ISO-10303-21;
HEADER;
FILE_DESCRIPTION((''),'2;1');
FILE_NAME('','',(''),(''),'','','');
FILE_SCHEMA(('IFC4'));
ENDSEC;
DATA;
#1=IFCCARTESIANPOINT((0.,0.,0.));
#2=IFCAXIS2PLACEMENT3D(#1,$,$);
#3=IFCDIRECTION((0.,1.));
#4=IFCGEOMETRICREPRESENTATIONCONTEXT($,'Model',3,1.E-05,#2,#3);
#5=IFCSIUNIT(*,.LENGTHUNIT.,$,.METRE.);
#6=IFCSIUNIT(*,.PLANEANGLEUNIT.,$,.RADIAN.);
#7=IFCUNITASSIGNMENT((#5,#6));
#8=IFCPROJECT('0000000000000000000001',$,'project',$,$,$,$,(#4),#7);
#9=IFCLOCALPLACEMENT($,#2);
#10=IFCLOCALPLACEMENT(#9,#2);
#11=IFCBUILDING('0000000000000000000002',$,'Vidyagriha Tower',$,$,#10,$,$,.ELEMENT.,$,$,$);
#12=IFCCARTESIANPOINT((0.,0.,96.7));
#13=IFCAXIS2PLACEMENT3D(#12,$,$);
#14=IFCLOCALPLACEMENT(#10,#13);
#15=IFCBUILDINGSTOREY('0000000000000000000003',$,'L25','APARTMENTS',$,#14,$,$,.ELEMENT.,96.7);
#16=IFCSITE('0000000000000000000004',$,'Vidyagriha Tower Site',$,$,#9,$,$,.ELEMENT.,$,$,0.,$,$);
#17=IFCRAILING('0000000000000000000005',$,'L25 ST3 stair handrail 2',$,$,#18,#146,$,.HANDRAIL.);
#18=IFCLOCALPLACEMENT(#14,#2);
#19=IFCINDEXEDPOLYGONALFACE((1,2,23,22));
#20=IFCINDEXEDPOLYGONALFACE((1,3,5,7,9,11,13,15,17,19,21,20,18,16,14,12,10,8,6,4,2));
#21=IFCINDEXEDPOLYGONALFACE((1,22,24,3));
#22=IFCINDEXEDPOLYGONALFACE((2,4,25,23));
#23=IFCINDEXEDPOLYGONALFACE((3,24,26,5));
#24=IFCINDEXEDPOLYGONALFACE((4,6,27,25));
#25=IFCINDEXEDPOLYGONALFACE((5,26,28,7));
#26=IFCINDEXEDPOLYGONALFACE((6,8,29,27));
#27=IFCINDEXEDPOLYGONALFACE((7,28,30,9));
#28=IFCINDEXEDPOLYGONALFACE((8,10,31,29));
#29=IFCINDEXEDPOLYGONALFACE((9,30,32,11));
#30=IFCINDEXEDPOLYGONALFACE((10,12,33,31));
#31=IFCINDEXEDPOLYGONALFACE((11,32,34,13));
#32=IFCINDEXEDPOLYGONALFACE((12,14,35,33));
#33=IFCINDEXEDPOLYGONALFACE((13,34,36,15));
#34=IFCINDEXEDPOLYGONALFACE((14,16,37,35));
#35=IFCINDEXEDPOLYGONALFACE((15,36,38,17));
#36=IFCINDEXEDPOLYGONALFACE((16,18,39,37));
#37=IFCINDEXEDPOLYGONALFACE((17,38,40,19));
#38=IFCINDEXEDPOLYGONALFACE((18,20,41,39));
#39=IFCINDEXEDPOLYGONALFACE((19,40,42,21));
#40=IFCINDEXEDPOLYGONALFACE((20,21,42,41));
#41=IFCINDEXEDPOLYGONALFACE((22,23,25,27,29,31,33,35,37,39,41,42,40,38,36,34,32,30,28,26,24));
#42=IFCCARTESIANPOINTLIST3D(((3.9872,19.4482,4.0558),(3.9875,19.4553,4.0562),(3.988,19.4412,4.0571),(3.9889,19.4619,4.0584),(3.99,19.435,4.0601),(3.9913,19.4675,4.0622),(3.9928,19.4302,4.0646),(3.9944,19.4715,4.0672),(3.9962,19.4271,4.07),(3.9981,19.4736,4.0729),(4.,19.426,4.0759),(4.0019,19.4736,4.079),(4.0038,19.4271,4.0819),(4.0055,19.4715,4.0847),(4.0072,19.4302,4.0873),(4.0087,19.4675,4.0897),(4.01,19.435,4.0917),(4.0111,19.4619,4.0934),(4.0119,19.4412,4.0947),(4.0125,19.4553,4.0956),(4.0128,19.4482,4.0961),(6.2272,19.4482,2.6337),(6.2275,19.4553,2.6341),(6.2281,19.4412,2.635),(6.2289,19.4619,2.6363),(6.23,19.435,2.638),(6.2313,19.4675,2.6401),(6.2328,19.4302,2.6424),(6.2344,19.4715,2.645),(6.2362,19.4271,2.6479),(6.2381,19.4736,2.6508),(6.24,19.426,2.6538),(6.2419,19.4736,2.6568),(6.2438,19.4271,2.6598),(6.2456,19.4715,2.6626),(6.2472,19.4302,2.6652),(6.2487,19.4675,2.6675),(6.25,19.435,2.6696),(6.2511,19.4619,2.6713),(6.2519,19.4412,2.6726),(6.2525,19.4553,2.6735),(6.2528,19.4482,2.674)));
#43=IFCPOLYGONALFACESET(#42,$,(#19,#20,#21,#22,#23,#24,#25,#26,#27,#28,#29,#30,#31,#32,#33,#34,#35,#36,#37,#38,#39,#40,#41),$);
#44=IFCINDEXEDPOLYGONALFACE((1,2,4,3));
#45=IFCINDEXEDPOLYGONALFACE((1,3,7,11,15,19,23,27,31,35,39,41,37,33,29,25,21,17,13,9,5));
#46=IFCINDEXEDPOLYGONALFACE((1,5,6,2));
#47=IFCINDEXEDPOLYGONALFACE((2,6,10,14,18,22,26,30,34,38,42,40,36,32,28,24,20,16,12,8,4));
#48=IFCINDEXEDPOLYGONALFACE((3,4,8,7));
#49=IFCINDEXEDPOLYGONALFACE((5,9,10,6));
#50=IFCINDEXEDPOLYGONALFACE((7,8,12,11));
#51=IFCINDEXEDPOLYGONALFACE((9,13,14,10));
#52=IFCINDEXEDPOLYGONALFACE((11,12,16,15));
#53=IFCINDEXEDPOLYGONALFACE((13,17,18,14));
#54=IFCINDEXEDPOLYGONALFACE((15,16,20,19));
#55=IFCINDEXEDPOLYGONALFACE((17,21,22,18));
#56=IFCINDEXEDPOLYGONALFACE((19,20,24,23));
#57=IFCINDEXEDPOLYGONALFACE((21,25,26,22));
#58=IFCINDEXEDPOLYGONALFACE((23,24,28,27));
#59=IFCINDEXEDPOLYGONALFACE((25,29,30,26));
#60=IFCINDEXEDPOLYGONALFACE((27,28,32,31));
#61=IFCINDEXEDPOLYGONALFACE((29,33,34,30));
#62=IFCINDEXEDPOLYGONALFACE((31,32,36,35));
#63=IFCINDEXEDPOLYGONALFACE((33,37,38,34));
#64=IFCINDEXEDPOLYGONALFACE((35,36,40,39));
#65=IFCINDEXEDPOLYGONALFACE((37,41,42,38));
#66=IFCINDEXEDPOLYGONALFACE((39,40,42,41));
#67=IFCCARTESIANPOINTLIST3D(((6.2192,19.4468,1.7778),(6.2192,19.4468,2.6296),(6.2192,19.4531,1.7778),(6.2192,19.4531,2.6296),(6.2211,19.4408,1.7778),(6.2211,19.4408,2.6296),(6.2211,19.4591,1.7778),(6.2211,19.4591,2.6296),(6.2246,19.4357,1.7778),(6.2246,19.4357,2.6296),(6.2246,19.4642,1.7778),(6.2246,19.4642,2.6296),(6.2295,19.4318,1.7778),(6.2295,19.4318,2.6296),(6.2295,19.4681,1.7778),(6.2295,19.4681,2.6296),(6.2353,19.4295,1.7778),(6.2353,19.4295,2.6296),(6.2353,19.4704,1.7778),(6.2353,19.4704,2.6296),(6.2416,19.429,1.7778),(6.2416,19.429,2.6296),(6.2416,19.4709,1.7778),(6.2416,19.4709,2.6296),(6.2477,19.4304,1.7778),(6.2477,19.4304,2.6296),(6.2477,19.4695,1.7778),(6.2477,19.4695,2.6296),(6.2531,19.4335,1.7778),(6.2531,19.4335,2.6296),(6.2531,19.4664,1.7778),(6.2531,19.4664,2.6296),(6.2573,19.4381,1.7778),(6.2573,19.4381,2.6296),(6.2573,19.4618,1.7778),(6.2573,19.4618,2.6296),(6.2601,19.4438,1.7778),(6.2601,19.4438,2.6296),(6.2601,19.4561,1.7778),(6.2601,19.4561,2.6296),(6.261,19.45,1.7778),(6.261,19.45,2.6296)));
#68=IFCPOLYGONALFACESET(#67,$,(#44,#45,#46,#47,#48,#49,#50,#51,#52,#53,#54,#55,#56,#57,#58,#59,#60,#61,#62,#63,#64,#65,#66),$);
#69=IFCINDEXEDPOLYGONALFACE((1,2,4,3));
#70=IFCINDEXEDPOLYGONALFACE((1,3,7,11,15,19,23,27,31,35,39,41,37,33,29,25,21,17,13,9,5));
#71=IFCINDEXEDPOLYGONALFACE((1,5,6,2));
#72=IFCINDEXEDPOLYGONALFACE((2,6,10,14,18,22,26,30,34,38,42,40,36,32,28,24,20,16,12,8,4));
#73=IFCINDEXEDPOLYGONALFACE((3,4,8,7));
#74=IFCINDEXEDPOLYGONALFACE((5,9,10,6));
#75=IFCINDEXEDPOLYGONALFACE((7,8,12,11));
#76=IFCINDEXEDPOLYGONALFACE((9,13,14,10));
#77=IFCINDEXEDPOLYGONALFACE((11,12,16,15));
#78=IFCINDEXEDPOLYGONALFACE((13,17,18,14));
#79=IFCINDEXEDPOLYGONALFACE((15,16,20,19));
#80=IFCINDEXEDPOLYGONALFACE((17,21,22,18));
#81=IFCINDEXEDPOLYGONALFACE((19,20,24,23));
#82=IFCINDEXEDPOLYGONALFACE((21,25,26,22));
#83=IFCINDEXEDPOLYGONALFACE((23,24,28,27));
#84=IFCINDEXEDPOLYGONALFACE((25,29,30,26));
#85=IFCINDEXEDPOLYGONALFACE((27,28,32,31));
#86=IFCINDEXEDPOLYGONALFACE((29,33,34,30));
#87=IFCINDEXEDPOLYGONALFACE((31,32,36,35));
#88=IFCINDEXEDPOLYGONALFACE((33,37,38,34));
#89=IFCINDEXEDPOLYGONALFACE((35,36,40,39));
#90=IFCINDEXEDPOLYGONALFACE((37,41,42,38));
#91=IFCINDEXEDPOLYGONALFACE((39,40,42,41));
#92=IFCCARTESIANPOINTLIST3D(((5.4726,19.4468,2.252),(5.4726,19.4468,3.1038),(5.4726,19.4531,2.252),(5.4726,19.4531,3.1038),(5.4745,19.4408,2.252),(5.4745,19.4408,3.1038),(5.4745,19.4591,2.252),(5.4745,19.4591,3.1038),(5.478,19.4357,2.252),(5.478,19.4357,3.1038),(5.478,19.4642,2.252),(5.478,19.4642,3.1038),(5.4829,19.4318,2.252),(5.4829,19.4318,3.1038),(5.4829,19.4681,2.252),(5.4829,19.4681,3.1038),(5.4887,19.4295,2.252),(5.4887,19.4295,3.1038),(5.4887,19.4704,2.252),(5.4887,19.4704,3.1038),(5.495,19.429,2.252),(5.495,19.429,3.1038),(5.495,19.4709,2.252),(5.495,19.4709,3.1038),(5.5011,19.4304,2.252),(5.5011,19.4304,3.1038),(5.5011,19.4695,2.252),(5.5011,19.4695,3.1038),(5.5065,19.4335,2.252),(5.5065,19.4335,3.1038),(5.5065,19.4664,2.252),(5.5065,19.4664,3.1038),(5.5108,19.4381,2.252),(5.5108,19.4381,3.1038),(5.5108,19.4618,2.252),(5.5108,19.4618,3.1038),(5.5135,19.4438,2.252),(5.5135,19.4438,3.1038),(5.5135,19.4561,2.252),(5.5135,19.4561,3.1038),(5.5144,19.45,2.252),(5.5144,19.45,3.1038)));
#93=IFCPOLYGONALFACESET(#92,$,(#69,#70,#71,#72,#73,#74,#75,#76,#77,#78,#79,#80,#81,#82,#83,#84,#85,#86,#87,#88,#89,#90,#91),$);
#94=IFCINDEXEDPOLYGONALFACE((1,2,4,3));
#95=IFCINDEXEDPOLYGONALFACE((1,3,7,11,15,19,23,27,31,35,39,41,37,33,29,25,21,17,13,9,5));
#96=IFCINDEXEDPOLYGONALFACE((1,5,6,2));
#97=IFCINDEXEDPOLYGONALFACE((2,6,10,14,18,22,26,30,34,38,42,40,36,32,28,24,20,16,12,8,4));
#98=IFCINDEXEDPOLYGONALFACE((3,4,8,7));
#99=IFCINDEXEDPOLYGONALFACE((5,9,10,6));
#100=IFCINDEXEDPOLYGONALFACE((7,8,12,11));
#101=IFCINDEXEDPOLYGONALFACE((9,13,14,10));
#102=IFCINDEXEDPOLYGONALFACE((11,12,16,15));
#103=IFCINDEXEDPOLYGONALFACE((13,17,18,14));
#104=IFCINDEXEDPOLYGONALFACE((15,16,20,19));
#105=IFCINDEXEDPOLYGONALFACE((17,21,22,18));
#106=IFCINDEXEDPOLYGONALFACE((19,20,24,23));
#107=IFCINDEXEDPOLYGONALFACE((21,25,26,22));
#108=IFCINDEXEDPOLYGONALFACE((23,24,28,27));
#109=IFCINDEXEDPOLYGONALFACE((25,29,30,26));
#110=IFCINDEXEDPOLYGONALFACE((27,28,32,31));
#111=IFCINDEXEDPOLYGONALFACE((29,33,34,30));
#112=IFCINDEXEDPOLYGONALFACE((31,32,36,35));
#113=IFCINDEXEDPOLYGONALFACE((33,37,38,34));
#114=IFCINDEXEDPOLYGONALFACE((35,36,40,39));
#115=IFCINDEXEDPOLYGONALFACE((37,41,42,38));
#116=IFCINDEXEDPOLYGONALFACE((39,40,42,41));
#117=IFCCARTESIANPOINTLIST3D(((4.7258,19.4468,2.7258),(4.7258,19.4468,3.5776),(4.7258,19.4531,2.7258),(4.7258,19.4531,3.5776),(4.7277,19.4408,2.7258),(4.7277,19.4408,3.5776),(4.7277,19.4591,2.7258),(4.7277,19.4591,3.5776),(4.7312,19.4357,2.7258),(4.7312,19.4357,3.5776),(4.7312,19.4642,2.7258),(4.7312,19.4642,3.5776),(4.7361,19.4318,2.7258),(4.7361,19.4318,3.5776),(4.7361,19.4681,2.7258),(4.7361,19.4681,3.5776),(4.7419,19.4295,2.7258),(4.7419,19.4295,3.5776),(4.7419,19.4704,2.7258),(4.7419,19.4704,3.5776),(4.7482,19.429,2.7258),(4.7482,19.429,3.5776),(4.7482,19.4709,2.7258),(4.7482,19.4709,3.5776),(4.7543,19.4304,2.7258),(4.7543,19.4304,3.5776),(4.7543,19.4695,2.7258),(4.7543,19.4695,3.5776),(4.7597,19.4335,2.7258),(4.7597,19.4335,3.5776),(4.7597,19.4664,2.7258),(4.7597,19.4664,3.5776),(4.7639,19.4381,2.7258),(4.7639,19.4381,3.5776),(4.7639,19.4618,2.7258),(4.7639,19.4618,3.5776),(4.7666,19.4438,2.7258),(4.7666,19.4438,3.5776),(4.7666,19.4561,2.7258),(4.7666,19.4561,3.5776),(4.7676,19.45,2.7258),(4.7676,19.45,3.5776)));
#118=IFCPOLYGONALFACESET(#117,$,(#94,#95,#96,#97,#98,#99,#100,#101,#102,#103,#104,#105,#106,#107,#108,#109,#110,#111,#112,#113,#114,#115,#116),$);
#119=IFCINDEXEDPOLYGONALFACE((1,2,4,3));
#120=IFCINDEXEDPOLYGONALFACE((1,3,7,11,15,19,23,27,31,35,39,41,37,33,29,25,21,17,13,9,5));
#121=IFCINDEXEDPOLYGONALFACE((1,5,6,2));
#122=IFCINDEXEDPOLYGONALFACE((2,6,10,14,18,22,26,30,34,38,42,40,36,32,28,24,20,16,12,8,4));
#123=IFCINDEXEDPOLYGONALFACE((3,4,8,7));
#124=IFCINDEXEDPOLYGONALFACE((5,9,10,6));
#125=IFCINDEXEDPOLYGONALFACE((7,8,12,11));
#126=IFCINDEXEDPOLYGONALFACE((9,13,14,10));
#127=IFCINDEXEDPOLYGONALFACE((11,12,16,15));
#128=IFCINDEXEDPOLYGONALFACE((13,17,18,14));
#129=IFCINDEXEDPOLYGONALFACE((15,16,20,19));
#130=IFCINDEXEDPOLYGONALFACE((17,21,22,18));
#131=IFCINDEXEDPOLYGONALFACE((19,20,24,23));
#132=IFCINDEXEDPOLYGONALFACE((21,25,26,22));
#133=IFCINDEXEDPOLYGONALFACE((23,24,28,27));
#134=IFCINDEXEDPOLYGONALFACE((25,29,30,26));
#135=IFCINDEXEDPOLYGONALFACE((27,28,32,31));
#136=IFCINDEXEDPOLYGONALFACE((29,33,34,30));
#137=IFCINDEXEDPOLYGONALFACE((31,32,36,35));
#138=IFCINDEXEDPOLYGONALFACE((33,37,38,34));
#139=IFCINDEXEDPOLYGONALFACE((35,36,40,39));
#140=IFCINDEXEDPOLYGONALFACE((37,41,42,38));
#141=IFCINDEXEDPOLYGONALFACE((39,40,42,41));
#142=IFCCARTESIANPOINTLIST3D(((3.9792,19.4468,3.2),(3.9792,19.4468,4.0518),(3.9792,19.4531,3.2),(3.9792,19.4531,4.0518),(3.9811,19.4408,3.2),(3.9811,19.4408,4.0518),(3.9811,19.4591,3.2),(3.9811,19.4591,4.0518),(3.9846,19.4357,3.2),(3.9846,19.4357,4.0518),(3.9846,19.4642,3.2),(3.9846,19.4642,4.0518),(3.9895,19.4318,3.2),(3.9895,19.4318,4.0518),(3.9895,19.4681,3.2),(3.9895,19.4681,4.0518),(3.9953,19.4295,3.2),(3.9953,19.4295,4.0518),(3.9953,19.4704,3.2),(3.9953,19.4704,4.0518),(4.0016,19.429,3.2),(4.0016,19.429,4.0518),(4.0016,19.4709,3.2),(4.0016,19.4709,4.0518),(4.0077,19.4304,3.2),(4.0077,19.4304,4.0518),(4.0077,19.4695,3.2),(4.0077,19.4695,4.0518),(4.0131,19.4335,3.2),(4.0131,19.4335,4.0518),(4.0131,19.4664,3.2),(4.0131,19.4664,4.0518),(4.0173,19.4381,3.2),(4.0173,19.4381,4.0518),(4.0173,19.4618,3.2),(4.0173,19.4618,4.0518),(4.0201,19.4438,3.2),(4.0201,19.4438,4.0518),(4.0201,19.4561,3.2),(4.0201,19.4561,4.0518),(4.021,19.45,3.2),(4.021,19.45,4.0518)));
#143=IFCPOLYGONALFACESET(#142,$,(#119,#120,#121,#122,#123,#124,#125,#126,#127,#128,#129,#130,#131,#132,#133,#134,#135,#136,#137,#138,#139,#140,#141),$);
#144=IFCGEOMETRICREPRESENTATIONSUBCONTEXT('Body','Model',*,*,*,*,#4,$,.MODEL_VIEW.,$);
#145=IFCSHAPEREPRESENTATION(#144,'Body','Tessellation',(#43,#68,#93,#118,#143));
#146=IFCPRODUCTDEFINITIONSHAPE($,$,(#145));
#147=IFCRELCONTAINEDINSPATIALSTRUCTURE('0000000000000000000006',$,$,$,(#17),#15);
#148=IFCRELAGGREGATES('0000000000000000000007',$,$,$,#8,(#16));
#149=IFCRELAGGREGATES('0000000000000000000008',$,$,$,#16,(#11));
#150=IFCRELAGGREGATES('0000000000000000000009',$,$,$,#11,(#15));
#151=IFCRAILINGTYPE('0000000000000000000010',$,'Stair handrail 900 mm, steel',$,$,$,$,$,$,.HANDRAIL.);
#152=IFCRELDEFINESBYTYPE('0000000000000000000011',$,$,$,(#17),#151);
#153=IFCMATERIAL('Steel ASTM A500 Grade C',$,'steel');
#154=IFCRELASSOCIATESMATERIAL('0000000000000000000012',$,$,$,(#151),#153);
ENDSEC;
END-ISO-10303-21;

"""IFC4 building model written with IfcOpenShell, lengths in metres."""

from ifc_helpers import new_model, si_unit, direction, frame, origin, origin_2d, place, context, subcontext, project, spatial, circle, extrude, material, type_object, element, save


model = new_model("IFC4")

# Units and contexts
model_context = context("Model", 3, precision=1e-05, world=origin(), true_north=direction((0.0, 1.0)))
body_context = subcontext(model_context, "Body", "Model", "MODEL_VIEW")
ifc_project = project(units=[si_unit("LENGTHUNIT", "METRE"), si_unit("PLANEANGLEUNIT", "RADIAN")], contexts=[model_context])

# Site, building, storey
site_placement = place(None, origin())
site = spatial("IfcSite", under=ifc_project, at=site_placement, Name="Vidyagriha Tower Site", CompositionType="ELEMENT", RefElevation=0.0)
building_placement = place(site_placement, origin())
building = spatial("IfcBuilding", under=site, at=building_placement, Name="Vidyagriha Tower", CompositionType="ELEMENT")
storey_placement = place(building_placement, frame((0.0, 0.0, 96.7)))
storey = spatial("IfcBuildingStorey", under=building, at=storey_placement, Name="L25", Description="APARTMENTS", CompositionType="ELEMENT", Elevation=96.7)

# Railing
ifc_material_1 = material(Name="Steel ASTM A500 Grade C", Category="steel")
railing_type_1 = type_object("IfcRailingType", Name="Stair handrail 900 mm, steel", PredefinedType="HANDRAIL", material=ifc_material_1)
railing_1_placement = place(storey_placement, frame((6.24, 19.45, 1.7778)))
element("IfcRailing", 1, at=railing_1_placement, inside=storey, type_object=railing_type_1, Name="L25 ST3 stair handrail 2", PredefinedType="HANDRAIL", context=body_context, shape_type="SweptSolid", body=[
    extrude(circle(Radius=0.0239, at=origin_2d()), frame((0.0, 0.0, 0.876), z_axis=(-0.844229, 0.0, 0.535982), x_axis=(0.0, -1.0, 0.0)), (0.0, 0.0, 1.0), 2.6533),
    extrude(circle(Radius=0.021, at=origin_2d()), origin(), (0.0, 0.0, 1.0), 0.8518),
    extrude(circle(Radius=0.021, at=origin_2d()), frame((-0.7466, 0.0, 0.4741)), (0.0, 0.0, 1.0), 0.8518),
    extrude(circle(Radius=0.021, at=origin_2d()), frame((-1.4934, 0.0, 0.948)), (0.0, 0.0, 1.0), 0.8518),
    extrude(circle(Radius=0.021, at=origin_2d()), frame((-2.24, 0.0, 1.4221)), (0.0, 0.0, 1.0), 0.8518),
])

save(model, "model.ifc")
